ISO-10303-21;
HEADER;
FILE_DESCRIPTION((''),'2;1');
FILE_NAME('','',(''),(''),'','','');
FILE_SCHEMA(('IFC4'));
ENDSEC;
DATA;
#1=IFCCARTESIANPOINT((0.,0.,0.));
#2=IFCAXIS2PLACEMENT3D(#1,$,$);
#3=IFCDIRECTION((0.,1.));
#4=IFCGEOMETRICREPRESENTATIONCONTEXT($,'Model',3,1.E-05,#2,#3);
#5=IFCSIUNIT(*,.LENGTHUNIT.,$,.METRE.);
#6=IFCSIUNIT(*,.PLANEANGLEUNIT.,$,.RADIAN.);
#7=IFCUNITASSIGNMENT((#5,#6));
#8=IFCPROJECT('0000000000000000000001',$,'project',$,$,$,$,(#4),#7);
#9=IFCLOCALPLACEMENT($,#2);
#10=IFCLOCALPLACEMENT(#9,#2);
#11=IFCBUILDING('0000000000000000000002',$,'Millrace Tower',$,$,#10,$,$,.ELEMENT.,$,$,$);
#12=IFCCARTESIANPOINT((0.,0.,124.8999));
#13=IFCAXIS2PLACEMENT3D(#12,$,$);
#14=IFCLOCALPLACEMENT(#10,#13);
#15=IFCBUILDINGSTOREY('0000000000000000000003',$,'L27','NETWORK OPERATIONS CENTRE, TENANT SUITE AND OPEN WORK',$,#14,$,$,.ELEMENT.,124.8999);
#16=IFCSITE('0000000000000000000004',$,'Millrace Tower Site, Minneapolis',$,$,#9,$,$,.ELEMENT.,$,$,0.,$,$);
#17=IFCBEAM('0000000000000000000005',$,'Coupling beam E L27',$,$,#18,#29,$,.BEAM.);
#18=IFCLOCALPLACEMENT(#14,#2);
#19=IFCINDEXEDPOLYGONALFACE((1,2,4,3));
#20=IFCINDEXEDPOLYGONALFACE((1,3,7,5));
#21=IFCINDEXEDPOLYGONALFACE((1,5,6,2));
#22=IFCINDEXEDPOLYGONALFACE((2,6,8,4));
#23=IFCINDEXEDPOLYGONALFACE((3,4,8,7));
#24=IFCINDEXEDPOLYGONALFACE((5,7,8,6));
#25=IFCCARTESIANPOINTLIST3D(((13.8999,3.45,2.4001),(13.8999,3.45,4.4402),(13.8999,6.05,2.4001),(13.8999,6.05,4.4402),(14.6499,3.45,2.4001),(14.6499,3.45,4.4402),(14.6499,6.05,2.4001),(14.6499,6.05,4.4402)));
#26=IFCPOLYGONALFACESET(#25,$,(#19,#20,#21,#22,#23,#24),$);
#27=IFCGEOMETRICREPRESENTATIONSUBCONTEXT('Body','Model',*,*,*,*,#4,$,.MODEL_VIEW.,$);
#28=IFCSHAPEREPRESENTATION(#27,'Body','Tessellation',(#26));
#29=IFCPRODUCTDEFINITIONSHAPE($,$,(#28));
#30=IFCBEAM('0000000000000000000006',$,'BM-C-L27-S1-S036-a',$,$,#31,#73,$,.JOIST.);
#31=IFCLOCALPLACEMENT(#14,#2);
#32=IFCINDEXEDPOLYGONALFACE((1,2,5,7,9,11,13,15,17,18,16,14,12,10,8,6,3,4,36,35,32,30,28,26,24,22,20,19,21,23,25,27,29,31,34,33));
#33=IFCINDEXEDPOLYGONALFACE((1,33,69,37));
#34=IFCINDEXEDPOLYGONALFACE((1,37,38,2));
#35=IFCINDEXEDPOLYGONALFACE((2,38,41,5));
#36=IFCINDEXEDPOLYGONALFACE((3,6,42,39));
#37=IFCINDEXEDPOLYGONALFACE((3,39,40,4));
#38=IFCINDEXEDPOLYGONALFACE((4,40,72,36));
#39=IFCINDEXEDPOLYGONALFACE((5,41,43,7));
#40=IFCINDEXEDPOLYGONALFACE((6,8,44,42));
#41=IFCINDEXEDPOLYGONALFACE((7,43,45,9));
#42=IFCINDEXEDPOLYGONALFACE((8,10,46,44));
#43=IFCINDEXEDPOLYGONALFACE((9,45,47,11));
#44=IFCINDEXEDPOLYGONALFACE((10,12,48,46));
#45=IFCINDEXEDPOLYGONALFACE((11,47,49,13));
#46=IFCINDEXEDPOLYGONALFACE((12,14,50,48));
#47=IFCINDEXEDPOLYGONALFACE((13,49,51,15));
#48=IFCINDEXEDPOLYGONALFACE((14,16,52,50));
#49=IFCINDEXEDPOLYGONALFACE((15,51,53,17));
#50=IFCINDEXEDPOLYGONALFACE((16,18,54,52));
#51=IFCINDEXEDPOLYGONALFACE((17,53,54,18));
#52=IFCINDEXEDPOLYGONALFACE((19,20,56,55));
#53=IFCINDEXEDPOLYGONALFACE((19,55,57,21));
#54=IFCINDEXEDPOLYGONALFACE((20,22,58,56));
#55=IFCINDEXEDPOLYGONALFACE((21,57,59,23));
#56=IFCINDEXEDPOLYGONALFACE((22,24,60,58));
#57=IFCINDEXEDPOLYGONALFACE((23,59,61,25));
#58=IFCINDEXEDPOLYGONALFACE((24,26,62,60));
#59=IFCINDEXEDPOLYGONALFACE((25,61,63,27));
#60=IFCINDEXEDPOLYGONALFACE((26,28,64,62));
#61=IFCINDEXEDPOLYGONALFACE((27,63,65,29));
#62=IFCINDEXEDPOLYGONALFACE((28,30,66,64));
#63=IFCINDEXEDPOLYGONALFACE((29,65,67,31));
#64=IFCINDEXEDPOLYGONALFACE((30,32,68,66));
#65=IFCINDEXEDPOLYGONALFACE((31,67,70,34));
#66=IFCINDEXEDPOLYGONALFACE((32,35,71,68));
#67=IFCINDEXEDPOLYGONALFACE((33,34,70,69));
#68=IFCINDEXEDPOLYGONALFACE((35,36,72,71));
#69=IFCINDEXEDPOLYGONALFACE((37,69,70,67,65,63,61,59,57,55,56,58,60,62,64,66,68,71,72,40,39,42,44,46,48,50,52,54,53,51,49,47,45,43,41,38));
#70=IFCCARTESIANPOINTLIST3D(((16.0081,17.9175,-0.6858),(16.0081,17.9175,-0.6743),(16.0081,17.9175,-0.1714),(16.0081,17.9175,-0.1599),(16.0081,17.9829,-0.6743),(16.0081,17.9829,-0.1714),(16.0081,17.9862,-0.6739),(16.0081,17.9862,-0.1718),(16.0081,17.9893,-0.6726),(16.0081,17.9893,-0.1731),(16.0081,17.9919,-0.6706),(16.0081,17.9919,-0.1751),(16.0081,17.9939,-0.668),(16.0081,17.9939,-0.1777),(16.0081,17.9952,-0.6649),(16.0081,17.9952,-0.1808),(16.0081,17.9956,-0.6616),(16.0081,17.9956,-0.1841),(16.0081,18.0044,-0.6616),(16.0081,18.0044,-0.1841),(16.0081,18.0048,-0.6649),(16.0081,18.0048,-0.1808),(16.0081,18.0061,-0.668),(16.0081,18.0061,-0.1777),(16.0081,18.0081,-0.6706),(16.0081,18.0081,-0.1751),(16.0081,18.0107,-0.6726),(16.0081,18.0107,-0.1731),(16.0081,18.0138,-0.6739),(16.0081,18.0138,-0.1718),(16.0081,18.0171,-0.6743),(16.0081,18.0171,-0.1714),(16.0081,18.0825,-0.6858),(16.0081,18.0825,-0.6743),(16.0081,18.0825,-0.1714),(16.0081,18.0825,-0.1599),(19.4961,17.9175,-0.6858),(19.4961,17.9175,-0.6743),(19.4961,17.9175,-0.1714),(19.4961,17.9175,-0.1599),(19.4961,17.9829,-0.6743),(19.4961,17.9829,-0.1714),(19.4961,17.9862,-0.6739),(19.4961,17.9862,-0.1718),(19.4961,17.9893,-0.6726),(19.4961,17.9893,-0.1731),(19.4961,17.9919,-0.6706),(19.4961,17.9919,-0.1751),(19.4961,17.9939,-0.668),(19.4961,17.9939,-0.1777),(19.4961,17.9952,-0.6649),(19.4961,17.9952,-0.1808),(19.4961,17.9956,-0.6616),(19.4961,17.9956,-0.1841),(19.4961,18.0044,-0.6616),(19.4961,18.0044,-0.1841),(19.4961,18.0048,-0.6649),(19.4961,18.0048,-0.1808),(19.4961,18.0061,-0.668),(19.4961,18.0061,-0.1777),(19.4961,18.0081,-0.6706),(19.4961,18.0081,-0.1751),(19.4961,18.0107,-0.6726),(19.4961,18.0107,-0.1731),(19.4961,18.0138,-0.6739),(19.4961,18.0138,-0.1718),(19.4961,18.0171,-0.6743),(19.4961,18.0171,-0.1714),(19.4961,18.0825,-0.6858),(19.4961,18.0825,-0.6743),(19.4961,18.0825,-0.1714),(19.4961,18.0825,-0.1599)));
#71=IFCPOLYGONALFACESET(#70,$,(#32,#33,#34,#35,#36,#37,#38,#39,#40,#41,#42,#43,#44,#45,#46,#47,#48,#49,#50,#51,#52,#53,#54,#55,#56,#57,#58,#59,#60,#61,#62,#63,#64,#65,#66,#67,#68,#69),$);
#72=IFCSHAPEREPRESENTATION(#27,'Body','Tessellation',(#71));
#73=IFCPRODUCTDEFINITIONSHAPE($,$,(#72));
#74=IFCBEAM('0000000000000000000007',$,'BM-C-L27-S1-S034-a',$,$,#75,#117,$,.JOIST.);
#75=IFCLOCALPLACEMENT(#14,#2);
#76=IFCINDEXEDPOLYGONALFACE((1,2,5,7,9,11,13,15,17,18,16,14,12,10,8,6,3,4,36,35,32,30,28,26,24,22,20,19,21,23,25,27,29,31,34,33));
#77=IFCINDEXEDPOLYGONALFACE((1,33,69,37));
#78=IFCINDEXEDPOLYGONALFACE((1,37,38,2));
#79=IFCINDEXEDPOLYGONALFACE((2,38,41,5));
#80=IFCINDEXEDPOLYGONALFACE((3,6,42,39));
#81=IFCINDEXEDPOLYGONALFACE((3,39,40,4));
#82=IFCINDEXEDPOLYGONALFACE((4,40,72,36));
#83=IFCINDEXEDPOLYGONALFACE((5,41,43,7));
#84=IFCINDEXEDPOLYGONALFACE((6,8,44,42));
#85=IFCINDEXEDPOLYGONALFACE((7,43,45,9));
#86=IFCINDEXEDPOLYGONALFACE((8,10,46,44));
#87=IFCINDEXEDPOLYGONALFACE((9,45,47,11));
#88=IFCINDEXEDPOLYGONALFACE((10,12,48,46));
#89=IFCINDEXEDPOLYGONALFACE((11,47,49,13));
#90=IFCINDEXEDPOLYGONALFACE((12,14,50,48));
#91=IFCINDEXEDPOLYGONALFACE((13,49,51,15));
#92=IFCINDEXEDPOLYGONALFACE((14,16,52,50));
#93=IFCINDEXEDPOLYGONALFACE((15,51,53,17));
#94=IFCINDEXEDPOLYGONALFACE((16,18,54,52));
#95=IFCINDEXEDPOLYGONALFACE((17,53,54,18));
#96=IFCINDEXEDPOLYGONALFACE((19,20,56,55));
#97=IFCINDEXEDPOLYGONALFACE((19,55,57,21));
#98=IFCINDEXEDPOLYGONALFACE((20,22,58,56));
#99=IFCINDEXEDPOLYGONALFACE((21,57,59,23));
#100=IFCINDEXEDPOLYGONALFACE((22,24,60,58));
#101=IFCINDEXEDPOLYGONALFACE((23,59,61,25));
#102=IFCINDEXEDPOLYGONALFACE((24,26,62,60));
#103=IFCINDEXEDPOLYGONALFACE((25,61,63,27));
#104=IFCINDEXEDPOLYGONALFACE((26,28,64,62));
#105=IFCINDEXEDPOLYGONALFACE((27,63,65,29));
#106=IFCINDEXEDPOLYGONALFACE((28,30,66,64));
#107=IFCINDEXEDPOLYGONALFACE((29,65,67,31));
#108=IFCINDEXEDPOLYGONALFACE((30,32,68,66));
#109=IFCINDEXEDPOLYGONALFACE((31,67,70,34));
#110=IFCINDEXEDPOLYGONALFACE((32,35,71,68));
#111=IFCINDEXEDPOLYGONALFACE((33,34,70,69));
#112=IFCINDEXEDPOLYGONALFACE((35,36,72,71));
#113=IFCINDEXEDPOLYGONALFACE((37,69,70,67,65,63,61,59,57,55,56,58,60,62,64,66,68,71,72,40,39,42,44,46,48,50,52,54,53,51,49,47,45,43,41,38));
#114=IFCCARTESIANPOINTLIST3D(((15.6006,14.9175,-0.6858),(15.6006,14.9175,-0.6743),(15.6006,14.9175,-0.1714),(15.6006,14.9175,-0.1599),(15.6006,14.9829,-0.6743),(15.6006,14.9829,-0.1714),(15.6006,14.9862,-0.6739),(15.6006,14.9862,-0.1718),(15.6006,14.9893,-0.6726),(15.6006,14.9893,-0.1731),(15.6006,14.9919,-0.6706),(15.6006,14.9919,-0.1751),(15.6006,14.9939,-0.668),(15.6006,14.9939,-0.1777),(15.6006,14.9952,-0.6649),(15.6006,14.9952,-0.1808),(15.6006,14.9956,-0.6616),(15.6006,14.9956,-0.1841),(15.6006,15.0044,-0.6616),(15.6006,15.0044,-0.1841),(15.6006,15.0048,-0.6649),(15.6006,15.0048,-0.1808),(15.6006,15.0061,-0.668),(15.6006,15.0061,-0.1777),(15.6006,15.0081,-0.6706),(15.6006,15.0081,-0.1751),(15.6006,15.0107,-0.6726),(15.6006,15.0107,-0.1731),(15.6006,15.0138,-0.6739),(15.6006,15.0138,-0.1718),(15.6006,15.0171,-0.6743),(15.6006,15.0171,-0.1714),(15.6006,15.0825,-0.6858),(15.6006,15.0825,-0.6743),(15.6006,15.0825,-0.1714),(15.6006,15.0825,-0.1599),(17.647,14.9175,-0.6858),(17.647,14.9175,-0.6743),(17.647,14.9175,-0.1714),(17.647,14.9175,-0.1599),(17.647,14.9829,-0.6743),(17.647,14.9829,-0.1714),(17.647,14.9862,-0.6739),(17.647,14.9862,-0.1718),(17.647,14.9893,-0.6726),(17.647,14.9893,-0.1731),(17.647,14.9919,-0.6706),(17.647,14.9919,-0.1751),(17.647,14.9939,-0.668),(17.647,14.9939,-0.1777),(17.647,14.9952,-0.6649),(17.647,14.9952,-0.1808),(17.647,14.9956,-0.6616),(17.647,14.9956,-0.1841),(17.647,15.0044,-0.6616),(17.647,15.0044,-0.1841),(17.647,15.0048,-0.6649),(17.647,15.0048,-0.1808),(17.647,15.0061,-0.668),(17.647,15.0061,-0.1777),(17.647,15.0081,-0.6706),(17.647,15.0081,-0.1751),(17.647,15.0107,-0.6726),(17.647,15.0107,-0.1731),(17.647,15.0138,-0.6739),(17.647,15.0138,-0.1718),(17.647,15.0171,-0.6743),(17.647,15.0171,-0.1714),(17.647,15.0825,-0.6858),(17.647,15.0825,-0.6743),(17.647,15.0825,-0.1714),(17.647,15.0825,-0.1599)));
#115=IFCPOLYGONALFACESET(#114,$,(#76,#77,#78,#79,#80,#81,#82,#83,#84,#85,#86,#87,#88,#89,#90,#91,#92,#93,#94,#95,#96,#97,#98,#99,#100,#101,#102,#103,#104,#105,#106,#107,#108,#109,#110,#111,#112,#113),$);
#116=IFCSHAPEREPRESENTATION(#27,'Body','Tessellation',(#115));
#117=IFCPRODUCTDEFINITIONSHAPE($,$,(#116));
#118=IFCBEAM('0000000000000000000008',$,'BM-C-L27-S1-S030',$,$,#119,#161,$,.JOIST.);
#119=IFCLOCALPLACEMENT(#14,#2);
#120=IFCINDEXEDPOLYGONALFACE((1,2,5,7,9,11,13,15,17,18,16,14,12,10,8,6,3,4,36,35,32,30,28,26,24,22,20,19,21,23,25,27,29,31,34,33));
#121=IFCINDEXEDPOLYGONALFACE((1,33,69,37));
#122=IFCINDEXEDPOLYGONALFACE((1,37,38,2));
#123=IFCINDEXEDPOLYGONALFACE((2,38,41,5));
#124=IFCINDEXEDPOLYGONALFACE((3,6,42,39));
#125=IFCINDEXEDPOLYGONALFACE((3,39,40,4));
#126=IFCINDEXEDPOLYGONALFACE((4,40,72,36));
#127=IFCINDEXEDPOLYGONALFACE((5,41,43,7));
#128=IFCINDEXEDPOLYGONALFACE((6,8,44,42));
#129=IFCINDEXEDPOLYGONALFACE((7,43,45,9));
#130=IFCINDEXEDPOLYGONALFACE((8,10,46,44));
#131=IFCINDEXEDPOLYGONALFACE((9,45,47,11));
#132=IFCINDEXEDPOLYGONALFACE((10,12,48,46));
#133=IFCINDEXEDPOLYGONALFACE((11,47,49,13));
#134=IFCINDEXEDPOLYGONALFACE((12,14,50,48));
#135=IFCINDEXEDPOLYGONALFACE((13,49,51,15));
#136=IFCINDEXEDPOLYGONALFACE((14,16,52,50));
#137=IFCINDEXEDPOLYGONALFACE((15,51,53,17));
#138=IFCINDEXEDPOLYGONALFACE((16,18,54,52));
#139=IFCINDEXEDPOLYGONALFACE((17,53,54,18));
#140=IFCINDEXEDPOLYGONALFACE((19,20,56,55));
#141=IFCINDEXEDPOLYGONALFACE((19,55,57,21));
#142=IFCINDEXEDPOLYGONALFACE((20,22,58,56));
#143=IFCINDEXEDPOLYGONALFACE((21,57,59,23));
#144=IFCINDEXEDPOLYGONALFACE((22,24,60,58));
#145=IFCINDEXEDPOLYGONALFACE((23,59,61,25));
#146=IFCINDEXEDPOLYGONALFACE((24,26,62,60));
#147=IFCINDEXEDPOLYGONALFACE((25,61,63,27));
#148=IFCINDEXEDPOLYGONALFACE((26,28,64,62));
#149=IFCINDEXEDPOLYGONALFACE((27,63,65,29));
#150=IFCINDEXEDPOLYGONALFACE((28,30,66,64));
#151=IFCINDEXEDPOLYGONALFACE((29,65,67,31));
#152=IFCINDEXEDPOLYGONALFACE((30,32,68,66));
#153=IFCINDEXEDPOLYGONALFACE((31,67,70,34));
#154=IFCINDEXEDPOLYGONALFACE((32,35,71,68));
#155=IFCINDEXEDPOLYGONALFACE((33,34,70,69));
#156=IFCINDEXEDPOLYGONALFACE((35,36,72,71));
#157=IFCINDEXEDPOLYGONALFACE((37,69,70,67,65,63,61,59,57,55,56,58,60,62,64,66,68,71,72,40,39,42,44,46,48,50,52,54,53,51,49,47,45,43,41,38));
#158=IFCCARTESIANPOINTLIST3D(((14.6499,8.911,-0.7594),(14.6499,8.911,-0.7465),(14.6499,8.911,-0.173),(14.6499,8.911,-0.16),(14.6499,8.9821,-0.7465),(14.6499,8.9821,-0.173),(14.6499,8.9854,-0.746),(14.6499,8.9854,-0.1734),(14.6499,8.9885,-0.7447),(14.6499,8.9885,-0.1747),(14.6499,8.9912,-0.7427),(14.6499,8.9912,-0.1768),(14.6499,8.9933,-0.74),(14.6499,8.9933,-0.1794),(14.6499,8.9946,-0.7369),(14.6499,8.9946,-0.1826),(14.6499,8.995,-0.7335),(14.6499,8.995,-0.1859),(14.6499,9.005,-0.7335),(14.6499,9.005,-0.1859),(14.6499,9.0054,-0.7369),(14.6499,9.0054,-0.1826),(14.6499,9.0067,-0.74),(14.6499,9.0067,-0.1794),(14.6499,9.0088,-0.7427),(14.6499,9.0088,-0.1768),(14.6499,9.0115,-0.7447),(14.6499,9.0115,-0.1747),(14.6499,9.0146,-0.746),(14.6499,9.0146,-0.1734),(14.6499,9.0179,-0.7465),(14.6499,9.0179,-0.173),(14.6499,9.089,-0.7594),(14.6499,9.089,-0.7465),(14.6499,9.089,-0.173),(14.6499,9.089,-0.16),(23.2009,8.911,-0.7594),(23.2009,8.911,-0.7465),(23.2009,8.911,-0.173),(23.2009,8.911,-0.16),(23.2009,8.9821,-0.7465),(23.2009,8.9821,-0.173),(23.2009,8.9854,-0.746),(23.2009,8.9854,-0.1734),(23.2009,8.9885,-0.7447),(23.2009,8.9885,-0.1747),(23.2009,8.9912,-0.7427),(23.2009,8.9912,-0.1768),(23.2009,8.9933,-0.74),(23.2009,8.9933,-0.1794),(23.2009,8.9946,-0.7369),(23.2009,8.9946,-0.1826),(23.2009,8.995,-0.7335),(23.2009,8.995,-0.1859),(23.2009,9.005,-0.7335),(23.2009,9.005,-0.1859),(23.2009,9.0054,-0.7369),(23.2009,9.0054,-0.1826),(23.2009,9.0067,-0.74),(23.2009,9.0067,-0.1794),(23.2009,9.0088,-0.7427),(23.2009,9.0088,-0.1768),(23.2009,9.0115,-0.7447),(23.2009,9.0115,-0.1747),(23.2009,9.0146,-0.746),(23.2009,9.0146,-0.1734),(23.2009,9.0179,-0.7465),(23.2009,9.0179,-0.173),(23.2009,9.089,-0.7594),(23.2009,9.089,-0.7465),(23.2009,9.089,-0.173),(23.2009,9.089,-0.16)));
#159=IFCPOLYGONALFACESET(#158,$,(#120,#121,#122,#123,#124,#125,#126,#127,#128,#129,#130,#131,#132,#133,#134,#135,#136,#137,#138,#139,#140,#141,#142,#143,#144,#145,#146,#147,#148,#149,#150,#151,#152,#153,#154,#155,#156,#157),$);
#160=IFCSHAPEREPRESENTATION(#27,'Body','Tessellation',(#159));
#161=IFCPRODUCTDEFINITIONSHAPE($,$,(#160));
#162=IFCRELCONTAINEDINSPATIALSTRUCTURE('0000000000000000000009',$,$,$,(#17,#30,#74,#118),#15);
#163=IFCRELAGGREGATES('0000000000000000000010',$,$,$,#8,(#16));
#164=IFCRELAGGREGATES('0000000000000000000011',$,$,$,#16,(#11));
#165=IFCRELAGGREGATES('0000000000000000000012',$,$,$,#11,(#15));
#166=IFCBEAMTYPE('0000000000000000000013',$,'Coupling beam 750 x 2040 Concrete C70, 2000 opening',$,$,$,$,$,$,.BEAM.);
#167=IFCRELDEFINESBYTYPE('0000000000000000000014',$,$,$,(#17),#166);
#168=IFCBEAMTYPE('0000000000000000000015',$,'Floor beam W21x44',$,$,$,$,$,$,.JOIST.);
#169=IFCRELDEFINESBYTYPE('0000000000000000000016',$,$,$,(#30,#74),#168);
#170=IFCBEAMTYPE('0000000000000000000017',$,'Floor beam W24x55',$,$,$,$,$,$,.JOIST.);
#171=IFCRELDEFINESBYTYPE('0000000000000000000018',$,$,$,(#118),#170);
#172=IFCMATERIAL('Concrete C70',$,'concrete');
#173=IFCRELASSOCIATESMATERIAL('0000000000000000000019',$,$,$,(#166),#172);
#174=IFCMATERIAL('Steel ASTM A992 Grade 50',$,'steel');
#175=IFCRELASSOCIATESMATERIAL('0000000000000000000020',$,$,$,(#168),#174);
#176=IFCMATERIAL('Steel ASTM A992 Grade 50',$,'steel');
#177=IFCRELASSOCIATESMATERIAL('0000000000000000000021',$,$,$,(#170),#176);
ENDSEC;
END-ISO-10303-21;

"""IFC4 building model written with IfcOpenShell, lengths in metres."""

from ifc_helpers import new_model, si_unit, direction, frame, origin, origin_2d, place, context, subcontext, project, spatial, rectangle, i_section, extrude, material, material_profile, profile_set, type_object, element, save


model = new_model("IFC4")

# Units and contexts
model_context = context("Model", 3, precision=1e-05, world=origin(), true_north=direction((0.0, 1.0)))
body_context = subcontext(model_context, "Body", "Model", "MODEL_VIEW")
ifc_project = project(units=[si_unit("LENGTHUNIT", "METRE"), si_unit("PLANEANGLEUNIT", "RADIAN")], contexts=[model_context])

# Site, building, storey
site_placement = place(None, origin())
site = spatial("IfcSite", under=ifc_project, at=site_placement, Name="Millrace Tower Site, Minneapolis", CompositionType="ELEMENT", RefElevation=0.0)
building_placement = place(site_placement, origin())
building = spatial("IfcBuilding", under=site, at=building_placement, Name="Millrace Tower", CompositionType="ELEMENT")
storey_placement = place(building_placement, frame((0.0, 0.0, 124.8999)))
storey = spatial("IfcBuildingStorey", under=building, at=storey_placement, Name="L27", Description="NETWORK OPERATIONS CENTRE, TENANT SUITE AND OPEN WORK", CompositionType="ELEMENT", Elevation=124.8999)

# Beams
ifc_material_1 = material(Name="Concrete C70", Category="concrete")
ifc_material_profile_1 = material_profile(ifc_material_1, rectangle(XDim=0.75, YDim=2.04, at=origin_2d()))
ifc_profile_set_1 = profile_set([ifc_material_profile_1], Name="Concrete C70")
beam_type_1 = type_object("IfcBeamType", Name="Coupling beam 750 x 2040 Concrete C70, 2000 opening", PredefinedType="BEAM", material=ifc_profile_set_1)
beam_1_placement = place(storey_placement, frame((14.2749, 6.05, 3.4202), z_axis=(0.0, -1.0, 0.0), x_axis=(1.0, 0.0, 0.0)))
element("IfcBeam", 1, at=beam_1_placement, inside=storey, type_object=beam_type_1, Name="Coupling beam E L27", PredefinedType="BEAM", context=body_context, shape_type="SweptSolid", body=[
    extrude(rectangle(XDim=0.75, YDim=2.04, at=origin_2d()), origin(), (0.0, 0.0, 1.0), 2.6001),
])
ifc_material_2 = material(Name="Steel ASTM A992 Grade 50", Category="steel")
ifc_material_profile_2 = material_profile(ifc_material_2, i_section(OverallWidth=0.165, OverallDepth=0.5259, WebThickness=0.0088, FlangeThickness=0.0115, FilletRadius=0.0127, at=origin_2d()))
ifc_profile_set_2 = profile_set([ifc_material_profile_2], Name="Steel ASTM A992 Grade 50")
beam_type_2 = type_object("IfcBeamType", Name="Floor beam W21x44", PredefinedType="JOIST", material=ifc_profile_set_2)
beam_2_placement = place(storey_placement, frame((16.0081, 18.0, -0.4229), z_axis=(1.0, 0.0, 0.0), x_axis=(0.0, 1.0, 0.0)))
element("IfcBeam", 2, at=beam_2_placement, inside=storey, type_object=beam_type_2, Name="BM-C-L27-S1-S036-a", PredefinedType="JOIST", context=body_context, shape_type="SweptSolid", body=[
    extrude(i_section(OverallWidth=0.165, OverallDepth=0.5259, WebThickness=0.0088, FlangeThickness=0.0115, FilletRadius=0.0127, at=origin_2d()), origin(), (0.0, 0.0, 1.0), 3.488),
])
beam_3_placement = place(storey_placement, frame((15.6006, 15.0, -0.4229), z_axis=(1.0, 0.0, 0.0), x_axis=(0.0, 1.0, 0.0)))
element("IfcBeam", 3, at=beam_3_placement, inside=storey, type_object=beam_type_2, Name="BM-C-L27-S1-S034-a", PredefinedType="JOIST", context=body_context, shape_type="SweptSolid", body=[
    extrude(i_section(OverallWidth=0.165, OverallDepth=0.5259, WebThickness=0.0088, FlangeThickness=0.0115, FilletRadius=0.0127, at=origin_2d()), origin(), (0.0, 0.0, 1.0), 2.0464),
])
ifc_material_3 = material(Name="Steel ASTM A992 Grade 50", Category="steel")
ifc_material_profile_3 = material_profile(ifc_material_3, i_section(OverallWidth=0.178, OverallDepth=0.5994, WebThickness=0.01, FlangeThickness=0.0129, FilletRadius=0.0129, at=origin_2d()))
ifc_profile_set_3 = profile_set([ifc_material_profile_3], Name="Steel ASTM A992 Grade 50")
beam_type_3 = type_object("IfcBeamType", Name="Floor beam W24x55", PredefinedType="JOIST", material=ifc_profile_set_3)
beam_4_placement = place(storey_placement, frame((14.6499, 9.0, -0.4597), z_axis=(1.0, 0.0, 0.0), x_axis=(0.0, 1.0, 0.0)))
element("IfcBeam", 4, at=beam_4_placement, inside=storey, type_object=beam_type_3, Name="BM-C-L27-S1-S030", PredefinedType="JOIST", context=body_context, shape_type="SweptSolid", body=[
    extrude(i_section(OverallWidth=0.178, OverallDepth=0.5994, WebThickness=0.01, FlangeThickness=0.0129, FilletRadius=0.0129, at=origin_2d()), origin(), (0.0, 0.0, 1.0), 8.551),
])

save(model, "model.ifc")
